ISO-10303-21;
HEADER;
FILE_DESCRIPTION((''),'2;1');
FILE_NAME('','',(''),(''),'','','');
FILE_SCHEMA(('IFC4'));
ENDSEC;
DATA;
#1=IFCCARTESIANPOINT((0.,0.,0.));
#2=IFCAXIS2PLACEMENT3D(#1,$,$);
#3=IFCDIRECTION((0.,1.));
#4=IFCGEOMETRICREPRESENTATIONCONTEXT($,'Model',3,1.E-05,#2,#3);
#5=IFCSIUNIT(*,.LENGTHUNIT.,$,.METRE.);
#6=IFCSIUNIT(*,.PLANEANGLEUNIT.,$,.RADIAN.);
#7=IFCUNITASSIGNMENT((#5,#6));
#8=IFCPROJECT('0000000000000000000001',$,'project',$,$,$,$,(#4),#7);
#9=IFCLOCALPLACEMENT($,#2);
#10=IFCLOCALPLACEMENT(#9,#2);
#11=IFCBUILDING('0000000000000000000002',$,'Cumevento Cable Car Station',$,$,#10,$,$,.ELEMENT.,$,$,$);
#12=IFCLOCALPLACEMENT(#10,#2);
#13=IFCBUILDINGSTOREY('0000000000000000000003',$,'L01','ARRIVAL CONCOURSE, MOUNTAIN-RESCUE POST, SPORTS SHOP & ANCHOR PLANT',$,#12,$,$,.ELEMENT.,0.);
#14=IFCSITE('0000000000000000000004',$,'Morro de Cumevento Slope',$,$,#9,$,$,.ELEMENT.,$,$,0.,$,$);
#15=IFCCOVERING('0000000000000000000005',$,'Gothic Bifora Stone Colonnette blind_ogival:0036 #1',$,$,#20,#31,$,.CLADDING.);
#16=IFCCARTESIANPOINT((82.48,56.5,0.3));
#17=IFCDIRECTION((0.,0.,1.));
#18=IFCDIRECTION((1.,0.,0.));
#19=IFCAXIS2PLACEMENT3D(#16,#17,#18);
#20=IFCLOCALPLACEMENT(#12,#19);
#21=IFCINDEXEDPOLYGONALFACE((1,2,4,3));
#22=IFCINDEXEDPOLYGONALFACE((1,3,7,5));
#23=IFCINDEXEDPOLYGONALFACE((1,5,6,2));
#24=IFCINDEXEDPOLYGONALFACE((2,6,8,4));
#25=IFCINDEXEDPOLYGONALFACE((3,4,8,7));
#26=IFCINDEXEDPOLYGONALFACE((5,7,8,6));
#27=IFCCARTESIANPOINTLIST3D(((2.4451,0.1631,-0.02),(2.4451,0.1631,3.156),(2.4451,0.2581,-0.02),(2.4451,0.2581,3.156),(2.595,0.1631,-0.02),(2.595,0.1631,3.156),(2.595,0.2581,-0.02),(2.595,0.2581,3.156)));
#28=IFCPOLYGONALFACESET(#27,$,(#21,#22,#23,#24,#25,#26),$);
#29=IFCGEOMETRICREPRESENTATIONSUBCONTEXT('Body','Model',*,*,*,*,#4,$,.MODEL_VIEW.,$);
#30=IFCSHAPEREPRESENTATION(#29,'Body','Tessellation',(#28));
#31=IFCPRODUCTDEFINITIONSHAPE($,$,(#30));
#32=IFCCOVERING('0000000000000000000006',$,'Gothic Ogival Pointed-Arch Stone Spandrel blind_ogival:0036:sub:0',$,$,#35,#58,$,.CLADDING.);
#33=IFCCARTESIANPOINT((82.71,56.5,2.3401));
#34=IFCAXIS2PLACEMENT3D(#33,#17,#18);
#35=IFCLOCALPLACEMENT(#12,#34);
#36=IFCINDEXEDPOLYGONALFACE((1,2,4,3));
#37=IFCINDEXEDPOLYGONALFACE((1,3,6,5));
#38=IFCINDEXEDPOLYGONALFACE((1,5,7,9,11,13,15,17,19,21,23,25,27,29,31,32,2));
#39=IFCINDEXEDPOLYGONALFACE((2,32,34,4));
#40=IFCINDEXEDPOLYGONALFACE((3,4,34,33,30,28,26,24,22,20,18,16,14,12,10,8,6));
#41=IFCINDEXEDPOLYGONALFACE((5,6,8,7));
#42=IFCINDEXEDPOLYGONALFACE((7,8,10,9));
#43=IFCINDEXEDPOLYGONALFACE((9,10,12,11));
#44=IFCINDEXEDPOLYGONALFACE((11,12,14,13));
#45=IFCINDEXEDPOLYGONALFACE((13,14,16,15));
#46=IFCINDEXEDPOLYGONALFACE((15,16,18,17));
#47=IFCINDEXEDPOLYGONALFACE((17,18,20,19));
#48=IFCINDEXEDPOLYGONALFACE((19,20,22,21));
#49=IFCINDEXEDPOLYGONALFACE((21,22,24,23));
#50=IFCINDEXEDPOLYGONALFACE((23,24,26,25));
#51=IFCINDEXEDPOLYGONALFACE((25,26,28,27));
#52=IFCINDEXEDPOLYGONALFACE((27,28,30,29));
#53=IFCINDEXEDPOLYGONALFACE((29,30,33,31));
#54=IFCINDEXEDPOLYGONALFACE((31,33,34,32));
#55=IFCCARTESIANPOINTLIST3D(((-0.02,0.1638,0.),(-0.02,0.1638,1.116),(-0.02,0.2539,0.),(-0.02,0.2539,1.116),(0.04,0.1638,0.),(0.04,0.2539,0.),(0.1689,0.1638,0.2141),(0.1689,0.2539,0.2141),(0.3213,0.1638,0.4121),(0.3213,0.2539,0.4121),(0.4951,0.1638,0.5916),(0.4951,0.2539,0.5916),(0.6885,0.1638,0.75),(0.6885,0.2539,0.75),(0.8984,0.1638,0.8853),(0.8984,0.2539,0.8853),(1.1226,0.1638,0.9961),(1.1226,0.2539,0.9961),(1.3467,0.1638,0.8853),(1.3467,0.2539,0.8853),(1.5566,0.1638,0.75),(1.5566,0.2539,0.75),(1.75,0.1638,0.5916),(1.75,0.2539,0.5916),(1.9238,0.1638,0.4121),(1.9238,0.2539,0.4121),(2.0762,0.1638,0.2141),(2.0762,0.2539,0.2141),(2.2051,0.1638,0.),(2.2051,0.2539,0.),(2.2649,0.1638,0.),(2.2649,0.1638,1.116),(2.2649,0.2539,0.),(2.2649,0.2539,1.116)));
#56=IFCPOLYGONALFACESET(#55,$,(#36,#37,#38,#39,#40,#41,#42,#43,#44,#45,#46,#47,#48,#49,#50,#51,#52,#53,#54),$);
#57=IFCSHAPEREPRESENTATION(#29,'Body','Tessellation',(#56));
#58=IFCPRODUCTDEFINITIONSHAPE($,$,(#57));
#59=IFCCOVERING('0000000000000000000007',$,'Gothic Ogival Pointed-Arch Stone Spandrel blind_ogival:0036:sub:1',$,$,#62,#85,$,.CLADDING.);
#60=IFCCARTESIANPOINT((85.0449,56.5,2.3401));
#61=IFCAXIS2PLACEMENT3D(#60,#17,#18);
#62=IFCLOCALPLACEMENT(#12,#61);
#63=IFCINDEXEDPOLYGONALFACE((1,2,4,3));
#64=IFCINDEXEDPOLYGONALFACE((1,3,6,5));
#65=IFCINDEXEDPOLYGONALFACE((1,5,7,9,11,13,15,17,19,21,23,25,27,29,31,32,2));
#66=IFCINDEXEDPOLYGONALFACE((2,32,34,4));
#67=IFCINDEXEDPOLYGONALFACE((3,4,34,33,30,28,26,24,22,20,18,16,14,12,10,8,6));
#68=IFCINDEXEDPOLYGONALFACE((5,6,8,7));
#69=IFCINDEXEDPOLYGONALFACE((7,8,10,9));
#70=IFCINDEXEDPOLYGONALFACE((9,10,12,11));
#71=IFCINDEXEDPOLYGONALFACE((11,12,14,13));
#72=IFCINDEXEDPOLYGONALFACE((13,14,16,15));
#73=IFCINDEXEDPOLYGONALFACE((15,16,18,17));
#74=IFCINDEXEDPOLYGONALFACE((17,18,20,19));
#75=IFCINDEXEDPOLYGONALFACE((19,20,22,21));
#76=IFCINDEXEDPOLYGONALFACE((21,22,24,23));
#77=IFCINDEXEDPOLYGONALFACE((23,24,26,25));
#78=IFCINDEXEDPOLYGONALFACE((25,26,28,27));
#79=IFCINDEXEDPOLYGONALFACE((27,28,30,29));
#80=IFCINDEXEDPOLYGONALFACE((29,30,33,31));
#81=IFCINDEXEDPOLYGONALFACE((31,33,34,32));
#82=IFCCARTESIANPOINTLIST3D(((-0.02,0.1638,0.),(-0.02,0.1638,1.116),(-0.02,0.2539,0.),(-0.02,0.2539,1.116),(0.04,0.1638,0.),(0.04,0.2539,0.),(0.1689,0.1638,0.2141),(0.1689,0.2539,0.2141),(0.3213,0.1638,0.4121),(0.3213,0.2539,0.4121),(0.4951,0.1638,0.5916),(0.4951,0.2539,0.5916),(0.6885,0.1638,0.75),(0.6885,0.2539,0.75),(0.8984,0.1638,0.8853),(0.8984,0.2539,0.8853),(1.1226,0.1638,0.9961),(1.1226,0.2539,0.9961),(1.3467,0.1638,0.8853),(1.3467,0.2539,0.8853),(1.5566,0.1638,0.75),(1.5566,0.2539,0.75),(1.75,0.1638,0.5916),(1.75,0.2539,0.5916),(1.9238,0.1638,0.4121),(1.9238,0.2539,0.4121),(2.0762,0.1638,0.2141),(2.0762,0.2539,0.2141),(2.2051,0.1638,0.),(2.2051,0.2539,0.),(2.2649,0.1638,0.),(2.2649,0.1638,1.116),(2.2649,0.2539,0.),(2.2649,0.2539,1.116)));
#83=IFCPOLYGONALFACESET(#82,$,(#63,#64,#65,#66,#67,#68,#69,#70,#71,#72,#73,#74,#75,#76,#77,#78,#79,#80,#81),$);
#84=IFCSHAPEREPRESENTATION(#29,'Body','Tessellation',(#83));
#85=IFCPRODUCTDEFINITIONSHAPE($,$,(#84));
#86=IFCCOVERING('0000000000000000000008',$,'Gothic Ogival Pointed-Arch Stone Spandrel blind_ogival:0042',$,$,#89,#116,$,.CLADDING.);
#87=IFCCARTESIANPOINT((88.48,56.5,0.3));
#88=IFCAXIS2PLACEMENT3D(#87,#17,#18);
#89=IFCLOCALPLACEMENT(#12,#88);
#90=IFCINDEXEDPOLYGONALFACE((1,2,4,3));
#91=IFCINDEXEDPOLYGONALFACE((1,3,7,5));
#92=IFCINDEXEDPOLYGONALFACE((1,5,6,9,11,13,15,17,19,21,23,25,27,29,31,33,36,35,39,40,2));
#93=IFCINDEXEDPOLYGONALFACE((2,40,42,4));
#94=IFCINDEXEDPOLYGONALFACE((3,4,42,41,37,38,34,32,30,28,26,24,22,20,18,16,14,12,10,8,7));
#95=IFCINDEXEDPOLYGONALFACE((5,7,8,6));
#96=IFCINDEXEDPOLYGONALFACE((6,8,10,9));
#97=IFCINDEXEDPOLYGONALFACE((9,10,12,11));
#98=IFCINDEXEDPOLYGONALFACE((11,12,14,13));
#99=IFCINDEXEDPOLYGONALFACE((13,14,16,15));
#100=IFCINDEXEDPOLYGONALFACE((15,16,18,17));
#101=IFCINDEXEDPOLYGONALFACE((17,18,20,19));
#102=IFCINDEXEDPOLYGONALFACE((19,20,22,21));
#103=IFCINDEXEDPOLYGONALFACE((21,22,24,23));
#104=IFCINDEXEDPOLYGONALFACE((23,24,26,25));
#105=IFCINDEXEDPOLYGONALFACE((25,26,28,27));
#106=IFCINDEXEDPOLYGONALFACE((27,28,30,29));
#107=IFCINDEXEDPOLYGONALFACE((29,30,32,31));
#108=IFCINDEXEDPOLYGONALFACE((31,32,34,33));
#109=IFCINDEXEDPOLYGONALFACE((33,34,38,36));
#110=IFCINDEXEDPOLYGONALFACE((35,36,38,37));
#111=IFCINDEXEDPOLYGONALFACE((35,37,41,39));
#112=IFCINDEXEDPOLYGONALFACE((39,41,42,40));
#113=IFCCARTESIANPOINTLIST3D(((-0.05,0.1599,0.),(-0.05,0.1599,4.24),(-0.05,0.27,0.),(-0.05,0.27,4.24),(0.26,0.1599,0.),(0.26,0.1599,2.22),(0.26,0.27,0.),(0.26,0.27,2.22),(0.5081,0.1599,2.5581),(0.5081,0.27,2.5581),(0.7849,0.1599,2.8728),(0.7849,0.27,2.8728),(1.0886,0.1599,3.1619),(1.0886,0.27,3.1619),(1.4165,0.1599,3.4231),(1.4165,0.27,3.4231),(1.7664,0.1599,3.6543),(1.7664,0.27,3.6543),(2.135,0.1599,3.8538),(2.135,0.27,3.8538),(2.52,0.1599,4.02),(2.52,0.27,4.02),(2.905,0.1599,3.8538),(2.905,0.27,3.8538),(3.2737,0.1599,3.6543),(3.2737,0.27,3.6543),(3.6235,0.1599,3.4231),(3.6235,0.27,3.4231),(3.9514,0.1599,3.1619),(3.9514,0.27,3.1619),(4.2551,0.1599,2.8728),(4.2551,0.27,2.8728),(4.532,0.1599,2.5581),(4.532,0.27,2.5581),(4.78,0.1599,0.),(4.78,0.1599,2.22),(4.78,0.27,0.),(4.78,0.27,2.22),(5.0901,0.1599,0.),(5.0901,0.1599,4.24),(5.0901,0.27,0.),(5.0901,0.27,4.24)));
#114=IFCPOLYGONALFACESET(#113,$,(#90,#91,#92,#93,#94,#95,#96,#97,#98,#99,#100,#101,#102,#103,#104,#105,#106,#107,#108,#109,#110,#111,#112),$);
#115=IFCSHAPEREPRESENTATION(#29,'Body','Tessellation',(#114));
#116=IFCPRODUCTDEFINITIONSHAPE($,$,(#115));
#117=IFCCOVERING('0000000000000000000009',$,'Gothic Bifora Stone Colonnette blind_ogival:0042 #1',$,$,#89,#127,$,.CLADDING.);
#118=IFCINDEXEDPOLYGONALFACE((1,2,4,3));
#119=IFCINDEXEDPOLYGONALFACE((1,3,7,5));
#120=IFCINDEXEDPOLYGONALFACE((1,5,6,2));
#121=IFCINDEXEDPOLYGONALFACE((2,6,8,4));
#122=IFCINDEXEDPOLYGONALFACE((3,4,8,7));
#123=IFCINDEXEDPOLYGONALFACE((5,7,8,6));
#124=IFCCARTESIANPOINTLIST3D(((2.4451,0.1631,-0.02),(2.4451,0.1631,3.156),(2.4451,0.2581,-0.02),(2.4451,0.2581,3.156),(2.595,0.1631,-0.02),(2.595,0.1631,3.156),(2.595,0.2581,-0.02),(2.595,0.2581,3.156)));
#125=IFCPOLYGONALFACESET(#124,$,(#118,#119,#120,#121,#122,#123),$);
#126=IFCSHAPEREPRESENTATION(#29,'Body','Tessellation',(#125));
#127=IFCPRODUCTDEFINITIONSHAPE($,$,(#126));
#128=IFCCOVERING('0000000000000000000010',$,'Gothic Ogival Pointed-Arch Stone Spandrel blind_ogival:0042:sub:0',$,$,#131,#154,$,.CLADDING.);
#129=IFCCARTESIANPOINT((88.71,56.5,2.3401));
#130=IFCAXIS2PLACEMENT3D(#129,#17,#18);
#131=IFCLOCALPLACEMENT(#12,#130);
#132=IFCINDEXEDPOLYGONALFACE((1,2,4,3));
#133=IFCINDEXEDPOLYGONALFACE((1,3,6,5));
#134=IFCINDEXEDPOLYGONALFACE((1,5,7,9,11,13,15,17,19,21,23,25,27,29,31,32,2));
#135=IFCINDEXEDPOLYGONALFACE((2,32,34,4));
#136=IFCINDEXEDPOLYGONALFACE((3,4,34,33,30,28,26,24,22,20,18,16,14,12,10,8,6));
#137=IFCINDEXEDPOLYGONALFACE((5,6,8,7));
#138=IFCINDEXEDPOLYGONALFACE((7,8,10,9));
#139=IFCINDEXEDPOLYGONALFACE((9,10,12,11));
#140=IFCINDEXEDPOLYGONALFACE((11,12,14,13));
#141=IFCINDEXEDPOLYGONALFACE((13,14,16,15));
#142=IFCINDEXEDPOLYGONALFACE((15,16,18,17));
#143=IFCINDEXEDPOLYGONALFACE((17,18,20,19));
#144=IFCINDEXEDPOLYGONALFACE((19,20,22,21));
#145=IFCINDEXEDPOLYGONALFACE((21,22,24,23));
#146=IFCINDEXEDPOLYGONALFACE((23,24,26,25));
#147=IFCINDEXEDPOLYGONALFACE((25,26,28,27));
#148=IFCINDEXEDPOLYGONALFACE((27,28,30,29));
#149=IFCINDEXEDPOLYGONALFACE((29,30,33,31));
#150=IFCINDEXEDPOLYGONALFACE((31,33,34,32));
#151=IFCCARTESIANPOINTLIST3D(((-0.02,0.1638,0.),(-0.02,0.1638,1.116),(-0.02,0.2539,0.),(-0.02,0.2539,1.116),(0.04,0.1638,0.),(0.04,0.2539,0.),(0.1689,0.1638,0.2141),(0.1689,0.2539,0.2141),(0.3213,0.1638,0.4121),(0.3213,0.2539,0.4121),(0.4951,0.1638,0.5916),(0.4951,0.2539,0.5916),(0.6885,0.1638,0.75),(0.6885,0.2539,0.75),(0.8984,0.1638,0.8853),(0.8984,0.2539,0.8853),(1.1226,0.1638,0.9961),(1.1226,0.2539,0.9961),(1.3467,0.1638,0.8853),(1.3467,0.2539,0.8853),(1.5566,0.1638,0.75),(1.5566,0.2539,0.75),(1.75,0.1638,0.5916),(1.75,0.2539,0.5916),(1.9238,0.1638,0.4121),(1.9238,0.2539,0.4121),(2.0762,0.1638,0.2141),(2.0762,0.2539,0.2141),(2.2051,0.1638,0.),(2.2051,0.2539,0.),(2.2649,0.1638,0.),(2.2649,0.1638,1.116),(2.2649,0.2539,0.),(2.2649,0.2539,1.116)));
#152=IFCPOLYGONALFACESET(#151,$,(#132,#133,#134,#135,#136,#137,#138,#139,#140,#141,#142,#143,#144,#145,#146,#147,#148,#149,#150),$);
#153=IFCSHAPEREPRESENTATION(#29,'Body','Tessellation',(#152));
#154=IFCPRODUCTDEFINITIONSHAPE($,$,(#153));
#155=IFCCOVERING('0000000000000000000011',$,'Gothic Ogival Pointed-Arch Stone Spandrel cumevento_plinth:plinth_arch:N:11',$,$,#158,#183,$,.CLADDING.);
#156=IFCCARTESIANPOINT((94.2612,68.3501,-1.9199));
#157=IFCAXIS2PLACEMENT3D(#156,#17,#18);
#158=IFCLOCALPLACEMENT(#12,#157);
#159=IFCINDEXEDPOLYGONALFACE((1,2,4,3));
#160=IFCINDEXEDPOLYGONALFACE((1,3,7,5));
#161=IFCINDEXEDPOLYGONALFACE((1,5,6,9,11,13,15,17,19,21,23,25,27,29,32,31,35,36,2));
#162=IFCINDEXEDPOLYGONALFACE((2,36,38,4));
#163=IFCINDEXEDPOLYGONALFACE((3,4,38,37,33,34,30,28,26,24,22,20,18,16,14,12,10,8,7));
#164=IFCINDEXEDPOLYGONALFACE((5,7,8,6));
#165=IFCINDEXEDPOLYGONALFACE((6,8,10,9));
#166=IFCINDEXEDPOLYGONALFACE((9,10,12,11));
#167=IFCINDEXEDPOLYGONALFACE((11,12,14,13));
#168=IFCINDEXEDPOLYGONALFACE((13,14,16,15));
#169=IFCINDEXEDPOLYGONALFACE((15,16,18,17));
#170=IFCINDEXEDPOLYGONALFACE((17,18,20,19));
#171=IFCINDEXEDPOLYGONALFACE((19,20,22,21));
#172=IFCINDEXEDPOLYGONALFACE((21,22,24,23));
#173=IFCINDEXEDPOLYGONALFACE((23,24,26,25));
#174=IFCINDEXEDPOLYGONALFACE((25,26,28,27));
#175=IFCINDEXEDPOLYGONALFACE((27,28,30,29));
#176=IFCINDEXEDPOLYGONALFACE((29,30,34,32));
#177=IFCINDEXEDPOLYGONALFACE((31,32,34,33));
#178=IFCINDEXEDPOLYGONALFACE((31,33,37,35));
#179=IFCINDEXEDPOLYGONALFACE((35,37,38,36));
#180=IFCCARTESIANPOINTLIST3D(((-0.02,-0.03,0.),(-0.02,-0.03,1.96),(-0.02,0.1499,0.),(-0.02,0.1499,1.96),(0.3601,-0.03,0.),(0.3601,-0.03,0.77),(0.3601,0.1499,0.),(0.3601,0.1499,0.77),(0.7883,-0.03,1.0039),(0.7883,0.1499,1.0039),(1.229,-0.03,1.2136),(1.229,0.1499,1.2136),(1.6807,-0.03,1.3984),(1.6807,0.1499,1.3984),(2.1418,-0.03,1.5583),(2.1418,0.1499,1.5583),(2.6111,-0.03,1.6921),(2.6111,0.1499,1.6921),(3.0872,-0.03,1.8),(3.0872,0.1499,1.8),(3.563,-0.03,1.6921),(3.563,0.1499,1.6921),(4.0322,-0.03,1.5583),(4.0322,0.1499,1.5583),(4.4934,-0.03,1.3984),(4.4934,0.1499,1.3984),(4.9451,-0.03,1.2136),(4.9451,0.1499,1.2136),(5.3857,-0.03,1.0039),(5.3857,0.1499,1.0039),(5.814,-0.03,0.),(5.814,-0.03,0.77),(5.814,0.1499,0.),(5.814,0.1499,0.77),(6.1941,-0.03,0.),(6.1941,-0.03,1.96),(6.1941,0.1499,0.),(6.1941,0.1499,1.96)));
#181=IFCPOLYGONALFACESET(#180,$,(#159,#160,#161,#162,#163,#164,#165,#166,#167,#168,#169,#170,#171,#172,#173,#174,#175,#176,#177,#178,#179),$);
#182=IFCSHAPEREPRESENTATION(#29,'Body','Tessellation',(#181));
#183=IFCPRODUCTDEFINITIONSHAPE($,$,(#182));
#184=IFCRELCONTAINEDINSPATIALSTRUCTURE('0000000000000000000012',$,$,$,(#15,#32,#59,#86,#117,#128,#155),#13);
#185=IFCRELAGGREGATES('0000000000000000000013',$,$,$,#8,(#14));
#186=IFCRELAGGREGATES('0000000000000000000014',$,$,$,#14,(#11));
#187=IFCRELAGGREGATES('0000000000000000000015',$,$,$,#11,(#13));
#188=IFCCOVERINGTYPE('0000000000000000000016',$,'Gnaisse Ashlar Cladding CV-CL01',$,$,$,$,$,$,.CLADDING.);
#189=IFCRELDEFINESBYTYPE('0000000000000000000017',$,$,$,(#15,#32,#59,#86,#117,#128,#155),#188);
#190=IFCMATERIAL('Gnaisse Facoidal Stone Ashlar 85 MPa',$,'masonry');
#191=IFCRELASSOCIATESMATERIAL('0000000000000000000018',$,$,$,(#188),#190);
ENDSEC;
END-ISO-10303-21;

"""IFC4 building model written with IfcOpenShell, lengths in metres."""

from ifc_helpers import new_model, si_unit, direction, frame, origin, place, context, subcontext, project, spatial, polyline, outline, extrude, material, type_object, element, save


model = new_model("IFC4")

# Units and contexts
model_context = context("Model", 3, precision=1e-05, world=origin(), true_north=direction((0.0, 1.0)))
body_context = subcontext(model_context, "Body", "Model", "MODEL_VIEW")
ifc_project = project(units=[si_unit("LENGTHUNIT", "METRE"), si_unit("PLANEANGLEUNIT", "RADIAN")], contexts=[model_context])

# Site, building, storey
site_placement = place(None, origin())
site = spatial("IfcSite", under=ifc_project, at=site_placement, Name="Morro de Cumevento Slope", CompositionType="ELEMENT", RefElevation=0.0)
building_placement = place(site_placement, origin())
building = spatial("IfcBuilding", under=site, at=building_placement, Name="Cumevento Cable Car Station", CompositionType="ELEMENT")
storey_placement = place(building_placement, origin())
storey = spatial("IfcBuildingStorey", under=building, at=storey_placement, Name="L01", Description="ARRIVAL CONCOURSE, MOUNTAIN-RESCUE POST, SPORTS SHOP & ANCHOR PLANT", CompositionType="ELEMENT", Elevation=0.0)

# Coverings
ifc_material_1 = material(Name="Gnaisse Facoidal Stone Ashlar 85 MPa", Category="masonry")
covering_type = type_object("IfcCoveringType", Name="Gnaisse Ashlar Cladding CV-CL01", PredefinedType="CLADDING", material=ifc_material_1)
covering_1_placement = place(storey_placement, frame((82.48, 56.5, 0.3), z_axis=(0.0, 0.0, 1.0), x_axis=(1.0, 0.0, 0.0)))
element("IfcCovering", 1, at=covering_1_placement, inside=storey, type_object=covering_type, Name="Gothic Bifora Stone Colonnette blind_ogival:0036 #1", PredefinedType="CLADDING", context=body_context, shape_type="SweptSolid", body=[
    extrude(outline(polyline([(2.4451, -0.02), (2.595, -0.02), (2.595, 3.156), (2.4451, 3.156), (2.4451, -0.02)])), frame((0.0, 0.2581, 0.0), z_axis=(0.0, -1.0, 0.0), x_axis=(1.0, 0.0, 0.0)), (0.0, 0.0, 1.0), 0.095),
])
for number, where, z_axis, x_axis, name in (
    (2, (82.71, 56.5, 2.3401), (0.0, 0.0, 1.0), (1.0, 0.0, 0.0), "Gothic Ogival Pointed-Arch Stone Spandrel blind_ogival:0036:sub:0"),
    (3, (85.0449, 56.5, 2.3401), (0.0, 0.0, 1.0), (1.0, 0.0, 0.0), "Gothic Ogival Pointed-Arch Stone Spandrel blind_ogival:0036:sub:1"),
):
    element("IfcCovering", number, at=place(storey_placement, frame(where, z_axis=z_axis, x_axis=x_axis)), inside=storey, type_object=covering_type, Name=name, PredefinedType="CLADDING", context=body_context, shape_type="SweptSolid", body=[
        extrude(outline(polyline([(-0.02, 0.0), (-0.02, 1.116), (2.2649, 1.116), (2.2649, 0.0), (2.2051, 0.0), (2.0762, 0.2141), (1.9238, 0.4121), (1.75, 0.5916), (1.5566, 0.75), (1.3467, 0.8853), (1.1226, 0.9961), (0.8984, 0.8853), (0.6885, 0.75), (0.4951, 0.5916), (0.3213, 0.4121), (0.1689, 0.2141), (0.04, 0.0), (-0.02, 0.0)])), frame((0.0, 0.2539, 0.0), z_axis=(0.0, -1.0, 0.0), x_axis=(1.0, 0.0, 0.0)), (0.0, 0.0, 1.0), 0.0901),
    ])
placement = place(storey_placement, frame((88.48, 56.5, 0.3), z_axis=(0.0, 0.0, 1.0), x_axis=(1.0, 0.0, 0.0)))
element("IfcCovering", 4, at=placement, inside=storey, type_object=covering_type, Name="Gothic Ogival Pointed-Arch Stone Spandrel blind_ogival:0042", PredefinedType="CLADDING", context=body_context, shape_type="SweptSolid", body=[
    extrude(outline(polyline([(-0.05, 0.0), (-0.05, 4.24), (5.0901, 4.24), (5.0901, 0.0), (4.78, 0.0), (4.78, 2.22), (4.532, 2.5581), (4.2551, 2.8728), (3.9514, 3.1619), (3.6235, 3.4231), (3.2737, 3.6543), (2.905, 3.8538), (2.52, 4.02), (2.135, 3.8538), (1.7664, 3.6543), (1.4165, 3.4231), (1.0886, 3.1619), (0.7849, 2.8728), (0.5081, 2.5581), (0.26, 2.22), (0.26, 0.0), (-0.05, 0.0)])), frame((0.0, 0.27, 0.0), z_axis=(0.0, -1.0, 0.0), x_axis=(1.0, 0.0, 0.0)), (0.0, 0.0, 1.0), 0.1101),
])
element("IfcCovering", 5, at=placement, inside=storey, type_object=covering_type, Name="Gothic Bifora Stone Colonnette blind_ogival:0042 #1", PredefinedType="CLADDING", context=body_context, shape_type="SweptSolid", body=[
    extrude(outline(polyline([(2.4451, -0.02), (2.595, -0.02), (2.595, 3.156), (2.4451, 3.156), (2.4451, -0.02)])), frame((0.0, 0.2581, 0.0), z_axis=(0.0, -1.0, 0.0), x_axis=(1.0, 0.0, 0.0)), (0.0, 0.0, 1.0), 0.095),
])
covering_2_placement = place(storey_placement, frame((88.71, 56.5, 2.3401), z_axis=(0.0, 0.0, 1.0), x_axis=(1.0, 0.0, 0.0)))
element("IfcCovering", 6, at=covering_2_placement, inside=storey, type_object=covering_type, Name="Gothic Ogival Pointed-Arch Stone Spandrel blind_ogival:0042:sub:0", PredefinedType="CLADDING", context=body_context, shape_type="SweptSolid", body=[
    extrude(outline(polyline([(-0.02, 0.0), (-0.02, 1.116), (2.2649, 1.116), (2.2649, 0.0), (2.2051, 0.0), (2.0762, 0.2141), (1.9238, 0.4121), (1.75, 0.5916), (1.5566, 0.75), (1.3467, 0.8853), (1.1226, 0.9961), (0.8984, 0.8853), (0.6885, 0.75), (0.4951, 0.5916), (0.3213, 0.4121), (0.1689, 0.2141), (0.04, 0.0), (-0.02, 0.0)])), frame((0.0, 0.2539, 0.0), z_axis=(0.0, -1.0, 0.0), x_axis=(1.0, 0.0, 0.0)), (0.0, 0.0, 1.0), 0.0901),
])
for number, where, z_axis, x_axis, name in (
    (7, (94.2612, 68.3501, -1.9199), (0.0, 0.0, 1.0), (1.0, 0.0, 0.0), "Gothic Ogival Pointed-Arch Stone Spandrel cumevento_plinth:plinth_arch:N:11"),
):
    element("IfcCovering", number, at=place(storey_placement, frame(where, z_axis=z_axis, x_axis=x_axis)), inside=storey, type_object=covering_type, Name=name, PredefinedType="CLADDING", context=body_context, shape_type="SweptSolid", body=[
        extrude(outline(polyline([(-0.02, 0.0), (-0.02, 1.96), (6.1941, 1.96), (6.1941, 0.0), (5.814, 0.0), (5.814, 0.77), (5.3857, 1.0039), (4.9451, 1.2136), (4.4934, 1.3984), (4.0322, 1.5583), (3.563, 1.6921), (3.0872, 1.8), (2.6111, 1.6921), (2.1418, 1.5583), (1.6807, 1.3984), (1.229, 1.2136), (0.7883, 1.0039), (0.3601, 0.77), (0.3601, 0.0), (-0.02, 0.0)])), frame((0.0, 0.1499, 0.0), z_axis=(0.0, -1.0, 0.0), x_axis=(1.0, 0.0, 0.0)), (0.0, 0.0, 1.0), 0.1799),
    ])

save(model, "model.ifc")
